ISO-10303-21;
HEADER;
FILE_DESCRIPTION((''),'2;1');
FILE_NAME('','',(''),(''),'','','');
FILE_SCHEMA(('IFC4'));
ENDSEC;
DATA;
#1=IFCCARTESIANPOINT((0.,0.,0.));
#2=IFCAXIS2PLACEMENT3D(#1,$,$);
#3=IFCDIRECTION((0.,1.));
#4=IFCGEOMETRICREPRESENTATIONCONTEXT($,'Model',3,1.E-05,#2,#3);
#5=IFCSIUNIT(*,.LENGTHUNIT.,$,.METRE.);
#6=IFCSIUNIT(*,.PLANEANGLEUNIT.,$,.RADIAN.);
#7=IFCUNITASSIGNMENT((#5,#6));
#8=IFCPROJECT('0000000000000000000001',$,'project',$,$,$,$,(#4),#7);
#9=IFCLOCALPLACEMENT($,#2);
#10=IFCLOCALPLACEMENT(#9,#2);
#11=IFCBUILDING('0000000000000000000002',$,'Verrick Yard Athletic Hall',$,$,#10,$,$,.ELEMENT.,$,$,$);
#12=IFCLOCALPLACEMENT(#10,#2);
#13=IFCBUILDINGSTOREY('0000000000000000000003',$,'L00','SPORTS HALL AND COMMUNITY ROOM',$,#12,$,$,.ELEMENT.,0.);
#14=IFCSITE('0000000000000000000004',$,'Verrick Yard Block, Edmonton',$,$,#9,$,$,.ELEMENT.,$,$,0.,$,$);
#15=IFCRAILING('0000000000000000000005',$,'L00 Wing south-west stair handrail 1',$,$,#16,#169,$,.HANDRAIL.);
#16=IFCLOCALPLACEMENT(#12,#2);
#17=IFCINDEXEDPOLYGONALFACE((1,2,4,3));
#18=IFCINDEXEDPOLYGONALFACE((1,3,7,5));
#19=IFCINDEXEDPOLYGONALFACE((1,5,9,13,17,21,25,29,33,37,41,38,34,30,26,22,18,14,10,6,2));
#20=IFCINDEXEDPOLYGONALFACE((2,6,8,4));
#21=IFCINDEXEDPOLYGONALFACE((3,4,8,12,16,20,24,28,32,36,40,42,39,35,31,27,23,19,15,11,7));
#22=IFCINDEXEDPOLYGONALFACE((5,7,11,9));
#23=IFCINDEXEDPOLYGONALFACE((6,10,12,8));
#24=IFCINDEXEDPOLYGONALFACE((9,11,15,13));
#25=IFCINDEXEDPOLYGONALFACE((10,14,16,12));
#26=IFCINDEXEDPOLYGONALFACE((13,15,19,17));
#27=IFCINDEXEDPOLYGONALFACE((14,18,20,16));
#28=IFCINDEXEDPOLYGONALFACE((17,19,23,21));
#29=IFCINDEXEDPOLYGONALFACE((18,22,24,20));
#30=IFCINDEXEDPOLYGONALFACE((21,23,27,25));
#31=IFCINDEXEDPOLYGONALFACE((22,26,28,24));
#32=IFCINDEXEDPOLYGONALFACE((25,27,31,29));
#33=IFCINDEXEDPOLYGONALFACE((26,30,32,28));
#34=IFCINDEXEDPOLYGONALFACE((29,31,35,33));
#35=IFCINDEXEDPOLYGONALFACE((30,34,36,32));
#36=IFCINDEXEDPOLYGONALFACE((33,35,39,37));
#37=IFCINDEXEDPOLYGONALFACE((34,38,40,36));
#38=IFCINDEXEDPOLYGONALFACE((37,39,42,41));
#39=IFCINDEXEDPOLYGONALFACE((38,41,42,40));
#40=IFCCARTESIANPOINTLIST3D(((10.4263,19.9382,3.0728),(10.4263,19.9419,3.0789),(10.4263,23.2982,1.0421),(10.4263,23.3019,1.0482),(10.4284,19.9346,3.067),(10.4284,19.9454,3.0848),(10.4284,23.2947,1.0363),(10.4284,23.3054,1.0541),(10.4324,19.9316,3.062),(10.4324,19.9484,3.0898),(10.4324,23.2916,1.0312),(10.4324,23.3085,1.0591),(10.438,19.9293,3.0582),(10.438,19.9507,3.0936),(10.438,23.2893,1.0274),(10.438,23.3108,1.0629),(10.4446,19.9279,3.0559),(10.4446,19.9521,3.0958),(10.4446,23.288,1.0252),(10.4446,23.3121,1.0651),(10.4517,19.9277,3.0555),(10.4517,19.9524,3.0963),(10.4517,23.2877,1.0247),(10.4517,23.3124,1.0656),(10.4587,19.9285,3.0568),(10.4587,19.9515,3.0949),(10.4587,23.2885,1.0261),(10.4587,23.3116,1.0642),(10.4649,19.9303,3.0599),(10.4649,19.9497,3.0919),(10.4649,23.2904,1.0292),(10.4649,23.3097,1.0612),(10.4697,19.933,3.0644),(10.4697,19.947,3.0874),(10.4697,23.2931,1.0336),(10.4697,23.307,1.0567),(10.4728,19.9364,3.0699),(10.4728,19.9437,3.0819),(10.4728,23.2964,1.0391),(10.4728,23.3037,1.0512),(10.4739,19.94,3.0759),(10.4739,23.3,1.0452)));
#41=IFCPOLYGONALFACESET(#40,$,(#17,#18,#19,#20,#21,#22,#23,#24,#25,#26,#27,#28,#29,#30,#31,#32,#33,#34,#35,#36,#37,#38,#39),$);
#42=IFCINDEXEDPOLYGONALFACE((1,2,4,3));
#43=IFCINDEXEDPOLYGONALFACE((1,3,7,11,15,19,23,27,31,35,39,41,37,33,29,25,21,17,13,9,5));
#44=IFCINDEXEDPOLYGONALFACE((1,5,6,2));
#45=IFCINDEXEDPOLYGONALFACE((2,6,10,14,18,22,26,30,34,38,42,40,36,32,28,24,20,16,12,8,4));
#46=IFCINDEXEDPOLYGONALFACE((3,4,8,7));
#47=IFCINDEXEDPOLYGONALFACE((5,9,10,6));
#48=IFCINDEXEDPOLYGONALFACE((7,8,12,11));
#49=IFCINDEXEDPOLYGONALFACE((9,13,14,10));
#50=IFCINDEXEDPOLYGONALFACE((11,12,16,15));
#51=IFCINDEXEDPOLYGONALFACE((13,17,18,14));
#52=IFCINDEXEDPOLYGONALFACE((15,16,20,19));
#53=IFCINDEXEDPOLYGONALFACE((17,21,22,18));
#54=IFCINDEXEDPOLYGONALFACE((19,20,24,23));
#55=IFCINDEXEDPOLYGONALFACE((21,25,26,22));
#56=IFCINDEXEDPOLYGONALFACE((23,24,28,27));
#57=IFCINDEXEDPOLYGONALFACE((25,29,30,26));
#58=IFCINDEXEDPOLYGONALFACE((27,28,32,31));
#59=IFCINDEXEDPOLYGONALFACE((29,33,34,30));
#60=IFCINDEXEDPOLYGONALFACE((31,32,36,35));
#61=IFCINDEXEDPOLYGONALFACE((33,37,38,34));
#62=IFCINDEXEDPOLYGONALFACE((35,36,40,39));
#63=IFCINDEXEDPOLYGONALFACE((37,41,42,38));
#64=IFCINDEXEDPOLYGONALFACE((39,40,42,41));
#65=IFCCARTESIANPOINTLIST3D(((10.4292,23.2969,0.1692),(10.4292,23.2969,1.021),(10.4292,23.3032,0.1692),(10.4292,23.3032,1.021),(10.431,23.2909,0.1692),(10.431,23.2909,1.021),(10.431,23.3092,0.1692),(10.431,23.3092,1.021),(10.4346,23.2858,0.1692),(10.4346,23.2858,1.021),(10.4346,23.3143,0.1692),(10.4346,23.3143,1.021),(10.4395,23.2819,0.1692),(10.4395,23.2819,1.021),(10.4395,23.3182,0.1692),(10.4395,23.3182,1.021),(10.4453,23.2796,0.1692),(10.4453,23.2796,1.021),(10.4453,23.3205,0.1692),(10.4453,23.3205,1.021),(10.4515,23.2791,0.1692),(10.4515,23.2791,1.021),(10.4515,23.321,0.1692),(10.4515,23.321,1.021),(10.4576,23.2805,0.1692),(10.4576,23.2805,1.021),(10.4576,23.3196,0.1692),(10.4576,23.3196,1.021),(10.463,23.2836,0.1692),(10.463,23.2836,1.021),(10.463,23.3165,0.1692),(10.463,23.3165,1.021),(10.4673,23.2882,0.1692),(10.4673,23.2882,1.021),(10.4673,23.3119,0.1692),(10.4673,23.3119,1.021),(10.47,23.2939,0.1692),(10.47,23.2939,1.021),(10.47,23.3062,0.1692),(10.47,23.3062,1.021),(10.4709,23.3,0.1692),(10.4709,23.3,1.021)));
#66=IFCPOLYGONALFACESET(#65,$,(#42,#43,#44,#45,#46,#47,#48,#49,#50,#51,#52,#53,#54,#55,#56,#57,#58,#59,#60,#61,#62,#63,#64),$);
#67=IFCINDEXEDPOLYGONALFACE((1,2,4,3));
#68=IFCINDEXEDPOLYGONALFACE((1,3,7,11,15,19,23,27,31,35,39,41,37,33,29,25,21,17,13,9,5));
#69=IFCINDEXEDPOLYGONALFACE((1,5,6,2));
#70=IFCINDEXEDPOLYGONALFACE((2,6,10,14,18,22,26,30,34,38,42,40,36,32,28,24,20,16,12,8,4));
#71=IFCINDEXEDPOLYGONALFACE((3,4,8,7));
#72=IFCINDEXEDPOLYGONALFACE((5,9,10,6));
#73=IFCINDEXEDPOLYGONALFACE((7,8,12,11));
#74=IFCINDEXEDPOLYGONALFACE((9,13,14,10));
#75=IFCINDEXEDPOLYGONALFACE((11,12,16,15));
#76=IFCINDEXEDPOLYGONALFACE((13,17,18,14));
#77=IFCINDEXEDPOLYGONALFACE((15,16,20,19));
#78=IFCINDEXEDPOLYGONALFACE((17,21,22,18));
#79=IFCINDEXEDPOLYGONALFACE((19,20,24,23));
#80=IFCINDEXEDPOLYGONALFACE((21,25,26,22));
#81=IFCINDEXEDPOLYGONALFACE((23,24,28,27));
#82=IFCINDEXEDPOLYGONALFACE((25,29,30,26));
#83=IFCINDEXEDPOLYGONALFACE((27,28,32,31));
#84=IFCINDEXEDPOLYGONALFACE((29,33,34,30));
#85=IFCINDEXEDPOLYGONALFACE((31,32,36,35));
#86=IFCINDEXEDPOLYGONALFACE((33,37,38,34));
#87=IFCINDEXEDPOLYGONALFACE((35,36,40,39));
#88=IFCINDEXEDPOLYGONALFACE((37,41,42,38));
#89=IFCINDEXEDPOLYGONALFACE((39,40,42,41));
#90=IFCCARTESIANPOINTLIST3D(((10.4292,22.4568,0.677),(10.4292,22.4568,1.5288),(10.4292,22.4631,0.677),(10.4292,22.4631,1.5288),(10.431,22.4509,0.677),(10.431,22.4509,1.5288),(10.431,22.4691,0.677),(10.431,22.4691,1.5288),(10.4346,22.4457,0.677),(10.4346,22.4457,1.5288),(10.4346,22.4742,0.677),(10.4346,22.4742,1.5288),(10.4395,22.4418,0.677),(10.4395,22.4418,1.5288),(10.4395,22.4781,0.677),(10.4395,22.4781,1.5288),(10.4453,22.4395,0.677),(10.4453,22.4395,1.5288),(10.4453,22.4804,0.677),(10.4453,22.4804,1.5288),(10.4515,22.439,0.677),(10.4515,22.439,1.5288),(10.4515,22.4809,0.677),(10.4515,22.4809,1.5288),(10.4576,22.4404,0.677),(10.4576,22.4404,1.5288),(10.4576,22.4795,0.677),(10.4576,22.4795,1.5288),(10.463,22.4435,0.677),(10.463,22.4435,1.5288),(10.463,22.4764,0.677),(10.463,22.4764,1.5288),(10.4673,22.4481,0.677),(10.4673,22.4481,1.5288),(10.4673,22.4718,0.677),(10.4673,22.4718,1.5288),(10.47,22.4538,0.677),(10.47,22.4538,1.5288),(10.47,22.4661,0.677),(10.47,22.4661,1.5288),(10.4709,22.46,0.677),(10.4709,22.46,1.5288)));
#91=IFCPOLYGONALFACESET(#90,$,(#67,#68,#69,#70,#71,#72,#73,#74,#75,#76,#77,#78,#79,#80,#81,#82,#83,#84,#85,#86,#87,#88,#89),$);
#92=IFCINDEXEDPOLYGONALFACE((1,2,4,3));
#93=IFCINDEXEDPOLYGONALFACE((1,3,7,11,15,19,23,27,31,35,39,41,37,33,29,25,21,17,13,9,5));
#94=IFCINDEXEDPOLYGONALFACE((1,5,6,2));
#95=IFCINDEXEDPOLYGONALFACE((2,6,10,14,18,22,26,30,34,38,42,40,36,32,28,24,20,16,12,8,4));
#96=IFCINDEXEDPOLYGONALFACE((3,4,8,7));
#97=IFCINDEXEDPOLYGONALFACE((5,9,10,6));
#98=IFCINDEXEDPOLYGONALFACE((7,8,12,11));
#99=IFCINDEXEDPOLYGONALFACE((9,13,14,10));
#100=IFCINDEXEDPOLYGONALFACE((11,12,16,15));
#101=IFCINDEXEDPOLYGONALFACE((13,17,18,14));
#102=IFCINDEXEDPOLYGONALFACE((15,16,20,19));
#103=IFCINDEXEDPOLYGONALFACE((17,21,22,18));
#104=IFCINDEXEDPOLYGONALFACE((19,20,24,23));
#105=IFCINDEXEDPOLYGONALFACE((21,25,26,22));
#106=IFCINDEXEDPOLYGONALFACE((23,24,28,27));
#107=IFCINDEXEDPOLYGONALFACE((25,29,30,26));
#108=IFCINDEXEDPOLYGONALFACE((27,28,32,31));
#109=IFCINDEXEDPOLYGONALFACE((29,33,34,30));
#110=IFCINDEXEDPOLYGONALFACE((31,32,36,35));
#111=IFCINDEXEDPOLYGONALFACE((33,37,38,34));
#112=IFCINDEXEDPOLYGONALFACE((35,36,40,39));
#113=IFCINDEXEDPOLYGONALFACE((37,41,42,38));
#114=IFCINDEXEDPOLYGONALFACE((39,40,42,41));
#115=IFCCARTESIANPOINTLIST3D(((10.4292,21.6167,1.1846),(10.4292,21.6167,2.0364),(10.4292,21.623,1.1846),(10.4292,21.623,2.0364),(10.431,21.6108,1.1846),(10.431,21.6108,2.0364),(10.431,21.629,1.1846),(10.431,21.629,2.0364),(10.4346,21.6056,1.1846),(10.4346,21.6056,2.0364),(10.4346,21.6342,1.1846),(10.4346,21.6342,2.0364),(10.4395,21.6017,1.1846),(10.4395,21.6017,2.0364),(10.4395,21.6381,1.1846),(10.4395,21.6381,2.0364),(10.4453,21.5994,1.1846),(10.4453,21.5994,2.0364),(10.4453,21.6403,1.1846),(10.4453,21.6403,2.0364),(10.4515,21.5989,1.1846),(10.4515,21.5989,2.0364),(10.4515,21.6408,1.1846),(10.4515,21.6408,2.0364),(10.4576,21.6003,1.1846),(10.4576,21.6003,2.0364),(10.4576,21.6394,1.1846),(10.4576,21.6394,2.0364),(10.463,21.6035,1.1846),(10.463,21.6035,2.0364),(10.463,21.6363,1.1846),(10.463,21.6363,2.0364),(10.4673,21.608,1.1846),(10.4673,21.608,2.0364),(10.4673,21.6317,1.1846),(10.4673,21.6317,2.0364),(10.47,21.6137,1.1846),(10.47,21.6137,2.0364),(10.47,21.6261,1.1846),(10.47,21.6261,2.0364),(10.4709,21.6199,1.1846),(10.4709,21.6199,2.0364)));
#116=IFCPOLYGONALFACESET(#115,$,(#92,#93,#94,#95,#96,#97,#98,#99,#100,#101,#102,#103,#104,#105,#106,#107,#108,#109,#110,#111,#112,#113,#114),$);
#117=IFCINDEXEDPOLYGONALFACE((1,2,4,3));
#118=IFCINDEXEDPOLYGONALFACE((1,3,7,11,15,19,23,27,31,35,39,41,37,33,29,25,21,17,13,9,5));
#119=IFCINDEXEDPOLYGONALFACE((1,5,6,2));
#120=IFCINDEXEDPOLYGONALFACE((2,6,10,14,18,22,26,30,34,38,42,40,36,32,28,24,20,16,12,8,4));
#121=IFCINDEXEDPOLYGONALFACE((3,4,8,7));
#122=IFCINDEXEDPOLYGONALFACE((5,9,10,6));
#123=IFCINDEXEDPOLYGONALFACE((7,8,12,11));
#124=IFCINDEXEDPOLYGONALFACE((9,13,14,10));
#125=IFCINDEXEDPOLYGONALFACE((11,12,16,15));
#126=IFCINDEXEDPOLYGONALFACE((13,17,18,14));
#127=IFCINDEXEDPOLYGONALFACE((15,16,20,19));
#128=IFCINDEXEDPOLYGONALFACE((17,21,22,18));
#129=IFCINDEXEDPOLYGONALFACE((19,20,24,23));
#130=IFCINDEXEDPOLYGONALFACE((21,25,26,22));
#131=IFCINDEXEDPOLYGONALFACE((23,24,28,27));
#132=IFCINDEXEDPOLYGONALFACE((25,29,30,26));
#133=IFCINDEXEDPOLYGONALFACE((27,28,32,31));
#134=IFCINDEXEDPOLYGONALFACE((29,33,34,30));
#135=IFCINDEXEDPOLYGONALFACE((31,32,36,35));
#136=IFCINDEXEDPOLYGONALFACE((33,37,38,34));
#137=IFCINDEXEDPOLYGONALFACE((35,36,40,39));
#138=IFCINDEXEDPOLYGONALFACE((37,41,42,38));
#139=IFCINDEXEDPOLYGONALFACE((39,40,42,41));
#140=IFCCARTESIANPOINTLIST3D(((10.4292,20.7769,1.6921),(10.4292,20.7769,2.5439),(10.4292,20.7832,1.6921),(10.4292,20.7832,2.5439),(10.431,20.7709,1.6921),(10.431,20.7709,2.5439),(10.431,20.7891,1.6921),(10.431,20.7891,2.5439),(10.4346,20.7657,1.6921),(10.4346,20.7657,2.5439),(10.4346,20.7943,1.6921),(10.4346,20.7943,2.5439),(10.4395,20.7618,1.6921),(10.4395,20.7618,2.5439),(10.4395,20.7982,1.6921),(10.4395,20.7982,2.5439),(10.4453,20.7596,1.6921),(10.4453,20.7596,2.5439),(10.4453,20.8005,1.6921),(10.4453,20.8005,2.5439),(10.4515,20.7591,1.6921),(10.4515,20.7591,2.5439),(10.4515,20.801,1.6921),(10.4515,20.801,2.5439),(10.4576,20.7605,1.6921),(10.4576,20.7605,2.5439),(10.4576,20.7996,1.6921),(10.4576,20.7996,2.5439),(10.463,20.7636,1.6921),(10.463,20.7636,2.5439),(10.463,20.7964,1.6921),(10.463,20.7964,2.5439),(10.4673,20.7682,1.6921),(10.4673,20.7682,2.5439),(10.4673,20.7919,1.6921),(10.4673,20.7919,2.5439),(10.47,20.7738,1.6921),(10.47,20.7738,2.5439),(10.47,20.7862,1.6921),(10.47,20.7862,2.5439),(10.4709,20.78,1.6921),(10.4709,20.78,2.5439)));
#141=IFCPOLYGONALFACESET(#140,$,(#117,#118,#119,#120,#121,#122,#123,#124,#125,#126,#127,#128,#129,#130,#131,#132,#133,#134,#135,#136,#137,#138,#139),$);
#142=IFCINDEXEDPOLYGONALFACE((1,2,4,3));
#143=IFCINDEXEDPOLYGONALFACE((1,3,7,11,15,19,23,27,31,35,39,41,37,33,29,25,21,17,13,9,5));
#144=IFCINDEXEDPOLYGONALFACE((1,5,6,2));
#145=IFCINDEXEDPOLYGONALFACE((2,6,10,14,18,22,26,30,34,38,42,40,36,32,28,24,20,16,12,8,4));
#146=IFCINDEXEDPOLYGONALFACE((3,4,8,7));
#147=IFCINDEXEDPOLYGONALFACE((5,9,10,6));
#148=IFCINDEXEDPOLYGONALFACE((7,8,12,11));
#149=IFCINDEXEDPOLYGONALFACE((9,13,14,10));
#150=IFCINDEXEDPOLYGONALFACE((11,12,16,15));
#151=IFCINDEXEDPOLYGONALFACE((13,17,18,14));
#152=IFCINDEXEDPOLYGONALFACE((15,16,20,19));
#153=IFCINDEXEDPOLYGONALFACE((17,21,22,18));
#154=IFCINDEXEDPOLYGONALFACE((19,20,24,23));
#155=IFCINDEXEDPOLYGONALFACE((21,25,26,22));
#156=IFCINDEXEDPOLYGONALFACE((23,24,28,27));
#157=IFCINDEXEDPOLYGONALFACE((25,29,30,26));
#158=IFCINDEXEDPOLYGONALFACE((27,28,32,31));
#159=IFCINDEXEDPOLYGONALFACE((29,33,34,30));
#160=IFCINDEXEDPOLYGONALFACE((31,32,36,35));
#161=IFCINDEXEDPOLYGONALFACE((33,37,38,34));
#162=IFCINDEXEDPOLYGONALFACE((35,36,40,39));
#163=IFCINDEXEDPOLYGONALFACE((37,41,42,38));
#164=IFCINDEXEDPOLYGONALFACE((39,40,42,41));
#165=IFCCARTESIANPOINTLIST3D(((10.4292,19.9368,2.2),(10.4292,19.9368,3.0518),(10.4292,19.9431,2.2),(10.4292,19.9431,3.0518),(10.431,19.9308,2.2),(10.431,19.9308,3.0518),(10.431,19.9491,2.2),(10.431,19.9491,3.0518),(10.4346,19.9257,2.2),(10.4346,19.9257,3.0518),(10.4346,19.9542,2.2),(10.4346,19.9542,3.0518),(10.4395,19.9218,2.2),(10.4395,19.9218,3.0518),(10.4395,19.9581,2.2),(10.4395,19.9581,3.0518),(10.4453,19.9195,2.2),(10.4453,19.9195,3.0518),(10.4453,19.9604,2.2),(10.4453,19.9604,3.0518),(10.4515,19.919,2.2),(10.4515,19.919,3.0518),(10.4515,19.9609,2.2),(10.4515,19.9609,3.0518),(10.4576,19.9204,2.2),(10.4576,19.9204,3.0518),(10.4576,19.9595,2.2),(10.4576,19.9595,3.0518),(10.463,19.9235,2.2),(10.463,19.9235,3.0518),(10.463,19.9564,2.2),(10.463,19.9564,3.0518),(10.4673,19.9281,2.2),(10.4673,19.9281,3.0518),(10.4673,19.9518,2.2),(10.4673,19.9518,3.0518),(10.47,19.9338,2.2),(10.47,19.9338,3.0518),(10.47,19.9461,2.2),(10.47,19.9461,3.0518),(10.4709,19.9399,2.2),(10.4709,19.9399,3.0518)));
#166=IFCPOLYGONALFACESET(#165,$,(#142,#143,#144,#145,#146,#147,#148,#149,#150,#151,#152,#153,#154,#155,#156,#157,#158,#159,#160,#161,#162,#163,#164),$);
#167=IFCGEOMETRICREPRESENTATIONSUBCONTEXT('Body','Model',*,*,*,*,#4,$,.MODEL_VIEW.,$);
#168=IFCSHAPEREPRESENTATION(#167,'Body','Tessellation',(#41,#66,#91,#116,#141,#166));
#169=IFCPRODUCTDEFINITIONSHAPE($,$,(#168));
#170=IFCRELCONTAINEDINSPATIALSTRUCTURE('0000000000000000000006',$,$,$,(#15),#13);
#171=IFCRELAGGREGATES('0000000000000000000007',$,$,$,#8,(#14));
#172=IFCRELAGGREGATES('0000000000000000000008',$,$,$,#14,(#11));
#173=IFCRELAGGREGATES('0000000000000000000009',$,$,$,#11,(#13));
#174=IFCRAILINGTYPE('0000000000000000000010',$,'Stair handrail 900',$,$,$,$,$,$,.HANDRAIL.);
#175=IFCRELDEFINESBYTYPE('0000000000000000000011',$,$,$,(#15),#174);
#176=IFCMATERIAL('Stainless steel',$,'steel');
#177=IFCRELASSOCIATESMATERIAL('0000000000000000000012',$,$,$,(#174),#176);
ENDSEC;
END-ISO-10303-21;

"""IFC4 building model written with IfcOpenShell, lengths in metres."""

from ifc_helpers import new_model, si_unit, direction, frame, origin, origin_2d, place, context, subcontext, project, spatial, circle, extrude, material, type_object, element, save


model = new_model("IFC4")

# Units and contexts
model_context = context("Model", 3, precision=1e-05, world=origin(), true_north=direction((0.0, 1.0)))
body_context = subcontext(model_context, "Body", "Model", "MODEL_VIEW")
ifc_project = project(units=[si_unit("LENGTHUNIT", "METRE"), si_unit("PLANEANGLEUNIT", "RADIAN")], contexts=[model_context])

# Site, building, storey
site_placement = place(None, origin())
site = spatial("IfcSite", under=ifc_project, at=site_placement, Name="Verrick Yard Block, Edmonton", CompositionType="ELEMENT", RefElevation=0.0)
building_placement = place(site_placement, origin())
building = spatial("IfcBuilding", under=site, at=building_placement, Name="Verrick Yard Athletic Hall", CompositionType="ELEMENT")
storey_placement = place(building_placement, origin())
storey = spatial("IfcBuildingStorey", under=building, at=storey_placement, Name="L00", Description="SPORTS HALL AND COMMUNITY ROOM", CompositionType="ELEMENT", Elevation=0.0)

# Railing
ifc_material_1 = material(Name="Stainless steel", Category="steel")
railing_type_1 = type_object("IfcRailingType", Name="Stair handrail 900", PredefinedType="HANDRAIL", material=ifc_material_1)
railing_1_placement = place(storey_placement, frame((10.45, 23.3, 0.1692)))
element("IfcRailing", 1, at=railing_1_placement, inside=storey, type_object=railing_type_1, Name="L00 Wing south-west stair handrail 1", PredefinedType="HANDRAIL", context=body_context, shape_type="SweptSolid", body=[
    extrude(circle(Radius=0.0239, at=origin_2d()), frame((0.0, 0.0, 0.876), z_axis=(0.0, -0.855837, 0.517246), x_axis=(1.0, 0.0, 0.0)), (0.0, 0.0, 1.0), 3.926),
    extrude(circle(Radius=0.021, at=origin_2d()), origin(), (0.0, 0.0, 1.0), 0.8518),
    extrude(circle(Radius=0.021, at=origin_2d()), frame((0.0, -0.8401, 0.5078)), (0.0, 0.0, 1.0), 0.8518),
    extrude(circle(Radius=0.021, at=origin_2d()), frame((0.0, -1.6802, 1.0154)), (0.0, 0.0, 1.0), 0.8518),
    extrude(circle(Radius=0.021, at=origin_2d()), frame((0.0, -2.52, 1.5229)), (0.0, 0.0, 1.0), 0.8518),
    extrude(circle(Radius=0.021, at=origin_2d()), frame((0.0, -3.3601, 2.0308)), (0.0, 0.0, 1.0), 0.8518),
])

save(model, "model.ifc")
